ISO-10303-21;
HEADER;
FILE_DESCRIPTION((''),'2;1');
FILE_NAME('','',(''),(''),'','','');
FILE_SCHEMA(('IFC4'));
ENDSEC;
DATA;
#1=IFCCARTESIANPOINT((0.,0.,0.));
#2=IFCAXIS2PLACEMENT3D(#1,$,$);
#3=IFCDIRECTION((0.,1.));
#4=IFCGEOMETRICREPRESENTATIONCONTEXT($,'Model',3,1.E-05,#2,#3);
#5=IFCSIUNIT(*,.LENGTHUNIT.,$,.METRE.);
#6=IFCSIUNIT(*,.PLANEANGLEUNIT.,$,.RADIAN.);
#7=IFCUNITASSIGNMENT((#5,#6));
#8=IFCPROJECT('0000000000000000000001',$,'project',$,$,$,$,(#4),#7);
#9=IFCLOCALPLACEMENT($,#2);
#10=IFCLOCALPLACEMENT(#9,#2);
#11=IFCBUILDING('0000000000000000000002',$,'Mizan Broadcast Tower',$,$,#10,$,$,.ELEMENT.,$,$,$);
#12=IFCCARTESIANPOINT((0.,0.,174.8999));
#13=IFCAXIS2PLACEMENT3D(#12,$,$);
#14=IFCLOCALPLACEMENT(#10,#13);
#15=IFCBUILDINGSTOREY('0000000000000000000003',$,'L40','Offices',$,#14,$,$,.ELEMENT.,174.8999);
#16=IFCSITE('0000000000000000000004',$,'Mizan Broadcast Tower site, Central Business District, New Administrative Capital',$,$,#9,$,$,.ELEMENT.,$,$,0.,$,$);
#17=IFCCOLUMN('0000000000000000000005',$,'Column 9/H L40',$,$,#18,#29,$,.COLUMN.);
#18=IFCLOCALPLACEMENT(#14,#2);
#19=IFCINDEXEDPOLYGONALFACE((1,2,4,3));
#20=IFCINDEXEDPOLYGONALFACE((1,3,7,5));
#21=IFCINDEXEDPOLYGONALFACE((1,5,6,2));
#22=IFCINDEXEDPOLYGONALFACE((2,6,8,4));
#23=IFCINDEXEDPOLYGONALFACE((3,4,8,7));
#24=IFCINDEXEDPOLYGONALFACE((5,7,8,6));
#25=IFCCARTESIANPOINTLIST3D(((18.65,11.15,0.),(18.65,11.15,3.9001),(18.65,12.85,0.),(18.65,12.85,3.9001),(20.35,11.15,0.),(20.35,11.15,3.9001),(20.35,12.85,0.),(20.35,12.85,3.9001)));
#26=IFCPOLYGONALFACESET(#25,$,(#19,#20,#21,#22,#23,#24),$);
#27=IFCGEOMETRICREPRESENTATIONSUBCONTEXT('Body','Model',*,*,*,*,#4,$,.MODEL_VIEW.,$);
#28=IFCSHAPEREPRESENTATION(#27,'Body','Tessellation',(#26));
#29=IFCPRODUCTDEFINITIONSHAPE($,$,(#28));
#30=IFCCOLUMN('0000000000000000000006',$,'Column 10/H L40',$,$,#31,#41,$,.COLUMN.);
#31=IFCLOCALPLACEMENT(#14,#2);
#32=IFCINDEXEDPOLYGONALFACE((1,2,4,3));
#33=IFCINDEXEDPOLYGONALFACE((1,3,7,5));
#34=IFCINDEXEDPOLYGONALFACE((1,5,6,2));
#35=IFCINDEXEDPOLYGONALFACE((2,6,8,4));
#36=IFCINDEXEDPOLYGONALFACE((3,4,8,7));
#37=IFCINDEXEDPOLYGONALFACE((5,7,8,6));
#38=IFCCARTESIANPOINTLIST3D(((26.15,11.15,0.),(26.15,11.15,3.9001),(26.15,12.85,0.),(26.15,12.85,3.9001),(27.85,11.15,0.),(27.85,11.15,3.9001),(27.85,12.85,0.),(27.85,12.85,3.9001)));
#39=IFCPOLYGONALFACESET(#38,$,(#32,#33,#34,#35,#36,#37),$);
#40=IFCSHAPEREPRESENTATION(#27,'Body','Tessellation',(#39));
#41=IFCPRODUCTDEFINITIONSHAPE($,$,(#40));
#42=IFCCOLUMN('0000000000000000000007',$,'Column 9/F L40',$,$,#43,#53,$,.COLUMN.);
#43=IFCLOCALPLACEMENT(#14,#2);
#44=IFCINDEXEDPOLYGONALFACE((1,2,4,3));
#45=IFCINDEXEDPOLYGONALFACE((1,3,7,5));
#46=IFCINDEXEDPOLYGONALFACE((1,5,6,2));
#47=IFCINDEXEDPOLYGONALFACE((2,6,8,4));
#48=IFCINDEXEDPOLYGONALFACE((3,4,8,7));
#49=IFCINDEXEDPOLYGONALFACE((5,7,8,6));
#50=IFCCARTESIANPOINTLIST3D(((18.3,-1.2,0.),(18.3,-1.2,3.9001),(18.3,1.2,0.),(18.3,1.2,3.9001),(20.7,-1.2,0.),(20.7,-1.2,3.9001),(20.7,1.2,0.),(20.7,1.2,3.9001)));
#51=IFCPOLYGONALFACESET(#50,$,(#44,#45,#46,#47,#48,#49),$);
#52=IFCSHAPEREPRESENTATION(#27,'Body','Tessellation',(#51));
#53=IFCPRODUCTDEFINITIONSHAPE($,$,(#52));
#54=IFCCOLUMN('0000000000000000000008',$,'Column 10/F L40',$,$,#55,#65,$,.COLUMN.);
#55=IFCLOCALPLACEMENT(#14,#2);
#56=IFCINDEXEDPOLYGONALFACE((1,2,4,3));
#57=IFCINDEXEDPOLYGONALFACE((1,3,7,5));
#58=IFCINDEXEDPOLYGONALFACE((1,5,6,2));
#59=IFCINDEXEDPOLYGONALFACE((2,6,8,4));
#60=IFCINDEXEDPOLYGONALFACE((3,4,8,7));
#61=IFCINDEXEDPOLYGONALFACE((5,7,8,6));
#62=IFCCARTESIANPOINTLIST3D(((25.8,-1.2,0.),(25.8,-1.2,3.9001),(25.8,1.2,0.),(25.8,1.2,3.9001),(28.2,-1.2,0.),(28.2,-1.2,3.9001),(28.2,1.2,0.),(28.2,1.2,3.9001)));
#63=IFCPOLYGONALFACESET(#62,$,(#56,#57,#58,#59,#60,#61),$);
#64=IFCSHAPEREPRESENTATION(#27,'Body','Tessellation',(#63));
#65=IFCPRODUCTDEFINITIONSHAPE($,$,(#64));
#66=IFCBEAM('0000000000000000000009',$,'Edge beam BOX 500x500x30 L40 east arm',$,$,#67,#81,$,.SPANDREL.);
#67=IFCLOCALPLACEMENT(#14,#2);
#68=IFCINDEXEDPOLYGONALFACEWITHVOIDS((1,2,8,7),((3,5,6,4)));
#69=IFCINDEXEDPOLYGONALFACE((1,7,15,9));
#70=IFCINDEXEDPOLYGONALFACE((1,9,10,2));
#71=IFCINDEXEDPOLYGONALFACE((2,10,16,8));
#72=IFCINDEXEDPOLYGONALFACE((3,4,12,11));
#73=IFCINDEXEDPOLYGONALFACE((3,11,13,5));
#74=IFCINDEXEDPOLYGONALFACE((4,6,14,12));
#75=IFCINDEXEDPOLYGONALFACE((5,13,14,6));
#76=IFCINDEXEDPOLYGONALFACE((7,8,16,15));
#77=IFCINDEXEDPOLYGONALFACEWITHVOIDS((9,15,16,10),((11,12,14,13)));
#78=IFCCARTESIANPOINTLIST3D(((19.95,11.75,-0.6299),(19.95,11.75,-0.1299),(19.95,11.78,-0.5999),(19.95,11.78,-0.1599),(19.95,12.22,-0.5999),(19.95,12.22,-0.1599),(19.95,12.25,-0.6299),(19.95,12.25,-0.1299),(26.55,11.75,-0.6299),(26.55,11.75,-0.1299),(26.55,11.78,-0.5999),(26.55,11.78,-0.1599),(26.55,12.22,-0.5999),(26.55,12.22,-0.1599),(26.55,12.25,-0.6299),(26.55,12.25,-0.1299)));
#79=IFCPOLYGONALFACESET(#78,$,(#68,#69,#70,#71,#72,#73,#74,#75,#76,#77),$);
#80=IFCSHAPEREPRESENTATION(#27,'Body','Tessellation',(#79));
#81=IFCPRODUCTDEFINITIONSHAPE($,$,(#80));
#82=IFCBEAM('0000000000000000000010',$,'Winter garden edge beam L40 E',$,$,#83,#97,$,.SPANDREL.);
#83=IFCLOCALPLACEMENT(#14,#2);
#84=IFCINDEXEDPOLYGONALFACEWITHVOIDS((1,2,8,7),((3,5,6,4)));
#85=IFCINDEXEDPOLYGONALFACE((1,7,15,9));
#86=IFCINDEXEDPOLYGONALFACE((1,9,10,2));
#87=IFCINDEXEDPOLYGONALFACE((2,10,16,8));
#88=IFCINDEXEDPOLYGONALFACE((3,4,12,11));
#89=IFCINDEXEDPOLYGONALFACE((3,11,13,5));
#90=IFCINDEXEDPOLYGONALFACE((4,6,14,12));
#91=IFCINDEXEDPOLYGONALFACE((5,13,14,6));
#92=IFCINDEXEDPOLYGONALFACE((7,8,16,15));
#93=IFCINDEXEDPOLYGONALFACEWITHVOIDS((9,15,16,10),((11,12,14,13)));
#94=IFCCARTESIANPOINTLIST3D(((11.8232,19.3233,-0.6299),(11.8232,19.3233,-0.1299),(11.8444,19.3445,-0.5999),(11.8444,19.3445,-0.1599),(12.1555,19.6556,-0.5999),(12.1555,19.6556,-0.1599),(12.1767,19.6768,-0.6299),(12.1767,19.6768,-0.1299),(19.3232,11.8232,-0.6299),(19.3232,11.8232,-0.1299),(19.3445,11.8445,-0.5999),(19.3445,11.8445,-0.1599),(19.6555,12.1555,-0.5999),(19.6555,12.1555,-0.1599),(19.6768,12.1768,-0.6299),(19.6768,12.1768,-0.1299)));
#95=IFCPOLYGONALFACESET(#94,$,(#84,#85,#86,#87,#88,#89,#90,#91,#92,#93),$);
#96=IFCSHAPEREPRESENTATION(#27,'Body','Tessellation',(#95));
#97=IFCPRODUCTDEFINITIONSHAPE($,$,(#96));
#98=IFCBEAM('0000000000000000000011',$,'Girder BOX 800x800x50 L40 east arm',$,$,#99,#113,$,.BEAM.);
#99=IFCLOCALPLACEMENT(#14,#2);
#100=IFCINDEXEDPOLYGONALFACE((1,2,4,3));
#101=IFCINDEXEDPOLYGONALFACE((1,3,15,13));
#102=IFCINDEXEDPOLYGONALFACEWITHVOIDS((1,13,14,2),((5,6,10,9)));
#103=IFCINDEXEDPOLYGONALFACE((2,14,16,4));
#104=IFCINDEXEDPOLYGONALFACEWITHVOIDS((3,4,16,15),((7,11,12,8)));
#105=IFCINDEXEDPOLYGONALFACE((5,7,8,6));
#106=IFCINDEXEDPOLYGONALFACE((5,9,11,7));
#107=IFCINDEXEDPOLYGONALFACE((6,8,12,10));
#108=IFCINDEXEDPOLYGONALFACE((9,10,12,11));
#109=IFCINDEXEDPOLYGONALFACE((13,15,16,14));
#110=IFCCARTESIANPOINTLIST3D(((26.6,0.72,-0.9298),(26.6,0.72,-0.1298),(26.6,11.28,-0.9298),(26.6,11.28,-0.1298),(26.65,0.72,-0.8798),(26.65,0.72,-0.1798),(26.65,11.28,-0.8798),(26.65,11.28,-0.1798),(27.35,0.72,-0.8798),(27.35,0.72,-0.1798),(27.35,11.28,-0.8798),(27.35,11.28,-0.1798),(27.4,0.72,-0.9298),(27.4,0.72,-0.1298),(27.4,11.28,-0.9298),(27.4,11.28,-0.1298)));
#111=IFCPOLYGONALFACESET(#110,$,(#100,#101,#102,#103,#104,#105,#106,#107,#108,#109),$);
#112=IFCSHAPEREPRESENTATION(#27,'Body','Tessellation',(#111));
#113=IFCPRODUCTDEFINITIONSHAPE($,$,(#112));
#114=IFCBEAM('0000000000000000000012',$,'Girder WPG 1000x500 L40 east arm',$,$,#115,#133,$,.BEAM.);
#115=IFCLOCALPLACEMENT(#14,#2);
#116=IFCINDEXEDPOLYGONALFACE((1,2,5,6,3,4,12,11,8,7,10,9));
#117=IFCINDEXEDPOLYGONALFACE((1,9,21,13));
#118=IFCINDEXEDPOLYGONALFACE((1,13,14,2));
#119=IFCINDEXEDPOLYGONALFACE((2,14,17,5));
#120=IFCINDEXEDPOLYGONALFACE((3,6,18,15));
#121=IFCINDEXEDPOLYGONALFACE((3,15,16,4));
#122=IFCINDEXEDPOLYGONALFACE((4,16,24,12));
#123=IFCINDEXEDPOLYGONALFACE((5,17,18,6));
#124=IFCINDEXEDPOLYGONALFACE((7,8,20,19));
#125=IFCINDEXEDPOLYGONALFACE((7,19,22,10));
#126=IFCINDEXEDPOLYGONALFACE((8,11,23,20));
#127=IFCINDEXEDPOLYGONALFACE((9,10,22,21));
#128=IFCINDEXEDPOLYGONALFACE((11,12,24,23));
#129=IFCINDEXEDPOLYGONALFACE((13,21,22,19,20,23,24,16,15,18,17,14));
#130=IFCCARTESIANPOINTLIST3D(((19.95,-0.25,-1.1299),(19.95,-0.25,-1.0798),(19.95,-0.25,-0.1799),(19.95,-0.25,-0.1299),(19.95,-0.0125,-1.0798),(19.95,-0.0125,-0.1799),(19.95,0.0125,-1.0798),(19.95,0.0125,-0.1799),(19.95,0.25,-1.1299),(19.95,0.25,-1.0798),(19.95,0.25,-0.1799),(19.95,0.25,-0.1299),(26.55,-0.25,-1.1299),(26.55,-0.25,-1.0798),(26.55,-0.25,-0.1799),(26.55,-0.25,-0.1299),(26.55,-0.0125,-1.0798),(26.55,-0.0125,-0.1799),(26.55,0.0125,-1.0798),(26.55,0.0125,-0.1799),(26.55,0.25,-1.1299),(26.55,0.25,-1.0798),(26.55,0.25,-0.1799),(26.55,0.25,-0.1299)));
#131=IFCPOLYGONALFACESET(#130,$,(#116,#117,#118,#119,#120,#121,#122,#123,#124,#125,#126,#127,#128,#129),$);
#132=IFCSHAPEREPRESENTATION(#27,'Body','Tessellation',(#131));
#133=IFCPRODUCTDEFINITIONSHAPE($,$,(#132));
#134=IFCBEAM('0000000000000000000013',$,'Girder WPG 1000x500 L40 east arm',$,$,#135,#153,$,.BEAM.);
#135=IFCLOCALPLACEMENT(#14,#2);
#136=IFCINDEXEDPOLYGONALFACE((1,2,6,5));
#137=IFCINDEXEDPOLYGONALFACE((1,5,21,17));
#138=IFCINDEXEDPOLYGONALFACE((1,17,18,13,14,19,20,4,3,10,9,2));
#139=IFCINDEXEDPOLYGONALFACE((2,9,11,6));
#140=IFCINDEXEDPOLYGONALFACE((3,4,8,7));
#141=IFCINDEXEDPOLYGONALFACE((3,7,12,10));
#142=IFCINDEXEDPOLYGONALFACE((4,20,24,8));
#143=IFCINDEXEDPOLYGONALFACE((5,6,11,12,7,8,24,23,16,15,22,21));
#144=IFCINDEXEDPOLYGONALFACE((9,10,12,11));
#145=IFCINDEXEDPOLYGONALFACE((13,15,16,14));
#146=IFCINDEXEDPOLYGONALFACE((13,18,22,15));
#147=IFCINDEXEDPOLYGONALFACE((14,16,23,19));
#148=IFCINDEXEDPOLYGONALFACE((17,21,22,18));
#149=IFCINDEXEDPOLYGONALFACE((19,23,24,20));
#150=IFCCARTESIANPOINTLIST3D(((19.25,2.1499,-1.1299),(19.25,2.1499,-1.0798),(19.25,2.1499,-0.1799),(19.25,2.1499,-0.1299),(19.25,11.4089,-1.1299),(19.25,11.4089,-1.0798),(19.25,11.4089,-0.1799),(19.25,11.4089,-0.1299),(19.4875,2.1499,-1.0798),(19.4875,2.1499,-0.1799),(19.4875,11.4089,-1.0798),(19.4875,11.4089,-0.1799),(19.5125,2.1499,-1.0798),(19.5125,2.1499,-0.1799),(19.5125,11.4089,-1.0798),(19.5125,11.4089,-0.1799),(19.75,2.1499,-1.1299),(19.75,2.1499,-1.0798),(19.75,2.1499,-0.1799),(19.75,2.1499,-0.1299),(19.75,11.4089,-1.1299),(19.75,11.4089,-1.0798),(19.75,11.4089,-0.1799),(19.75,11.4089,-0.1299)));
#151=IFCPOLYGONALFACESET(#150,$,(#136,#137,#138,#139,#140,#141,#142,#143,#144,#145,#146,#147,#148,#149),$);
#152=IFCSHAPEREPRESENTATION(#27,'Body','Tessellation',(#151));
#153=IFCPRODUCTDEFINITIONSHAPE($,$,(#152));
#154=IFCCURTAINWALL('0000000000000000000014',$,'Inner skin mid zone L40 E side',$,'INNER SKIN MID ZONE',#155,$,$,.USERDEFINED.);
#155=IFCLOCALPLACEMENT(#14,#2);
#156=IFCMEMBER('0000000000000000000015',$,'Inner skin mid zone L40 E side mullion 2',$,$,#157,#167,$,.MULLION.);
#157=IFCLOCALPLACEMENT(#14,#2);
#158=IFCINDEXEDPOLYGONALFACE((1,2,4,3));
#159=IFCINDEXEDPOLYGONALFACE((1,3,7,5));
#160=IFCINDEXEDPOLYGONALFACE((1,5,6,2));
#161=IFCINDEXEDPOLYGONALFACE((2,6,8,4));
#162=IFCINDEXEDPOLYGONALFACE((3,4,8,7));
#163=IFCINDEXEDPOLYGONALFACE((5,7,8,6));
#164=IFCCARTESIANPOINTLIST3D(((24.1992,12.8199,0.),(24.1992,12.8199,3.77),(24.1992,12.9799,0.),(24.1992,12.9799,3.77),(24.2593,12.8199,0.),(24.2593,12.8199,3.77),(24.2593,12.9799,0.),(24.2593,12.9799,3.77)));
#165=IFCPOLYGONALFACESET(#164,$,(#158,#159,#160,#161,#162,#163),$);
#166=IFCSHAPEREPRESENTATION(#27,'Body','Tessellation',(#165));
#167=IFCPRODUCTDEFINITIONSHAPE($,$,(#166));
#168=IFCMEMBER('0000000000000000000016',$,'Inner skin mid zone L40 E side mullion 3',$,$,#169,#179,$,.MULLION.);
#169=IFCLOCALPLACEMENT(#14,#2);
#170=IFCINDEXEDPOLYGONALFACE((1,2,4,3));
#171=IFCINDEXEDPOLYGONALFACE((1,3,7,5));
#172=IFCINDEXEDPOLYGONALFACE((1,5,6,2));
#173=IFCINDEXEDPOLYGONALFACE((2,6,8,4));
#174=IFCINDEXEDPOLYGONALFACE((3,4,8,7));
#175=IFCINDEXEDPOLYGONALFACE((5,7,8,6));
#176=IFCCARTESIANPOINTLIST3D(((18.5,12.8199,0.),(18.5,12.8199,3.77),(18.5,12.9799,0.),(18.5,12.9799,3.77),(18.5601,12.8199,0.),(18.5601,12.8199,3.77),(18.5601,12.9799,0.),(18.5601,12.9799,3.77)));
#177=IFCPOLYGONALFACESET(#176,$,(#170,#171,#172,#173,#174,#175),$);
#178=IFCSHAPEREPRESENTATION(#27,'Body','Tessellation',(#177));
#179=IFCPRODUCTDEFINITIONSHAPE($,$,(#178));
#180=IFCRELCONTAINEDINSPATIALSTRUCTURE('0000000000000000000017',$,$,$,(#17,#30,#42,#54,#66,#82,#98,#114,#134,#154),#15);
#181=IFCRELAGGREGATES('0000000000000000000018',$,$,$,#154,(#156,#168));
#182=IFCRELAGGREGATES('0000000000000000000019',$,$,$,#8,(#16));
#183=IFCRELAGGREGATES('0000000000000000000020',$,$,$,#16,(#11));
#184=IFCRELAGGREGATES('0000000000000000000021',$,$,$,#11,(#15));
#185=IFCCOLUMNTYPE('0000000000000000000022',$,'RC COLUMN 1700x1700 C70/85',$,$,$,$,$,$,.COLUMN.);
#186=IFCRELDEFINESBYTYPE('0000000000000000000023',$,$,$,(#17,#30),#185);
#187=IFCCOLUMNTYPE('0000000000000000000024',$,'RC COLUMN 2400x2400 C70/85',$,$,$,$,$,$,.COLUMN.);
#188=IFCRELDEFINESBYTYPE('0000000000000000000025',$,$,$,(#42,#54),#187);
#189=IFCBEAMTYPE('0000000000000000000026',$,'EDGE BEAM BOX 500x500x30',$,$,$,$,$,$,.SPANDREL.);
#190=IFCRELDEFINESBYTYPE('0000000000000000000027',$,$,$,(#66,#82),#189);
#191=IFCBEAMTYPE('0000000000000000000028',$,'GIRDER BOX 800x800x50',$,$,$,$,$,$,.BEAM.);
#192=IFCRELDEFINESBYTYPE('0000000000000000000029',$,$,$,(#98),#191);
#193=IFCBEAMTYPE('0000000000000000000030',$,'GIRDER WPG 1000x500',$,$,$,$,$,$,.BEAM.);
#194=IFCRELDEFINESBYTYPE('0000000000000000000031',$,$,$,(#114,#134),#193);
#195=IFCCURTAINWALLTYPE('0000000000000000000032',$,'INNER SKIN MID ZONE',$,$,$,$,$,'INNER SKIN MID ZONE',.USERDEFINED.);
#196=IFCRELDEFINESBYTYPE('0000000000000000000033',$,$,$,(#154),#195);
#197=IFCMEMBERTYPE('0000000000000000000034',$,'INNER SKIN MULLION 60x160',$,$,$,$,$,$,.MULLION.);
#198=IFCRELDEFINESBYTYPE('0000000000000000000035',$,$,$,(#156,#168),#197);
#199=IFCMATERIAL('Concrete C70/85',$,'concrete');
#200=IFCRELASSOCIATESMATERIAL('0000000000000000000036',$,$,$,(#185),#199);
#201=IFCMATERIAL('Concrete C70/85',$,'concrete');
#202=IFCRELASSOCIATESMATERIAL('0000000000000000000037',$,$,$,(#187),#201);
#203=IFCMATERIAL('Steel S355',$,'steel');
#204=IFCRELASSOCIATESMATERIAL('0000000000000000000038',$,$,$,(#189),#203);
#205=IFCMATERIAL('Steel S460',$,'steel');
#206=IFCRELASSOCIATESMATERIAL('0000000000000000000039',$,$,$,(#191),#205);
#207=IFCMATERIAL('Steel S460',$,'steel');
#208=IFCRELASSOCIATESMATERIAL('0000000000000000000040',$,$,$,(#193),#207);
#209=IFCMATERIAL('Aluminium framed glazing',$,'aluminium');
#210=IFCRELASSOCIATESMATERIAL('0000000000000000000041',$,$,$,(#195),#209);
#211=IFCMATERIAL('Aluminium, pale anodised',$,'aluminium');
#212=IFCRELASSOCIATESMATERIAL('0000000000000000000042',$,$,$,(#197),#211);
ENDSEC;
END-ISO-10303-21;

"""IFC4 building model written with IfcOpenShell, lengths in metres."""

from ifc_helpers import new_model, si_unit, direction, frame, origin, origin_2d, place, context, subcontext, project, spatial, rectangle, hollow_rectangle, i_section, extrude, material, material_profile, profile_set, type_object, element, aggregate, save


model = new_model("IFC4")

# Units and contexts
model_context = context("Model", 3, precision=1e-05, world=origin(), true_north=direction((0.0, 1.0)))
body_context = subcontext(model_context, "Body", "Model", "MODEL_VIEW")
ifc_project = project(units=[si_unit("LENGTHUNIT", "METRE"), si_unit("PLANEANGLEUNIT", "RADIAN")], contexts=[model_context])

# Site, building, storey
site_placement = place(None, origin())
site = spatial("IfcSite", under=ifc_project, at=site_placement, Name="Mizan Broadcast Tower site, Central Business District, New Administrative Capital", CompositionType="ELEMENT", RefElevation=0.0)
building_placement = place(site_placement, origin())
building = spatial("IfcBuilding", under=site, at=building_placement, Name="Mizan Broadcast Tower", CompositionType="ELEMENT")
storey_placement = place(building_placement, frame((0.0, 0.0, 174.8999)))
storey = spatial("IfcBuildingStorey", under=building, at=storey_placement, Name="L40", Description="Offices", CompositionType="ELEMENT", Elevation=174.8999)

# Columns
ifc_material_1 = material(Name="Concrete C70/85", Category="concrete")
ifc_material_profile_1 = material_profile(ifc_material_1, rectangle(XDim=1.7, YDim=1.7, at=origin_2d()), Name="RC 1700x1700")
ifc_profile_set_1 = profile_set([ifc_material_profile_1], Name="Concrete C70/85")
column_type_1 = type_object("IfcColumnType", Name="RC COLUMN 1700x1700 C70/85", PredefinedType="COLUMN", material=ifc_profile_set_1)
for number, where, z_axis, x_axis, name in (
    (1, (19.5, 12.0, 0.0), (0.0, 0.0, 1.0), (1.0, 0.0, 0.0), "Column 9/H L40"),
    (2, (27.0, 12.0, 0.0), (0.0, 0.0, 1.0), (1.0, 0.0, 0.0), "Column 10/H L40"),
):
    element("IfcColumn", number, at=place(storey_placement, frame(where, z_axis=z_axis, x_axis=x_axis)), inside=storey, type_object=column_type_1, Name=name, PredefinedType="COLUMN", context=body_context, shape_type="SweptSolid", body=[
        extrude(rectangle(XDim=1.7, YDim=1.7, at=origin_2d()), origin(), (0.0, 0.0, 1.0), 3.9001),
    ])
ifc_material_2 = material(Name="Concrete C70/85", Category="concrete")
ifc_material_profile_2 = material_profile(ifc_material_2, rectangle(XDim=2.3999, YDim=2.3999, at=origin_2d()), Name="RC 2400x2400")
ifc_profile_set_2 = profile_set([ifc_material_profile_2], Name="Concrete C70/85")
column_type_2 = type_object("IfcColumnType", Name="RC COLUMN 2400x2400 C70/85", PredefinedType="COLUMN", material=ifc_profile_set_2)
for number, where, z_axis, x_axis, name in (
    (3, (19.5, 0.0, 0.0), (0.0, 0.0, 1.0), (1.0, 0.0, 0.0), "Column 9/F L40"),
    (4, (27.0, 0.0, 0.0), (0.0, 0.0, 1.0), (1.0, 0.0, 0.0), "Column 10/F L40"),
):
    element("IfcColumn", number, at=place(storey_placement, frame(where, z_axis=z_axis, x_axis=x_axis)), inside=storey, type_object=column_type_2, Name=name, PredefinedType="COLUMN", context=body_context, shape_type="SweptSolid", body=[
        extrude(rectangle(XDim=2.3999, YDim=2.3999, at=origin_2d()), origin(), (0.0, 0.0, 1.0), 3.9001),
    ])

# Beams
ifc_material_3 = material(Name="Steel S355", Category="steel")
ifc_material_profile_3 = material_profile(ifc_material_3, hollow_rectangle(XDim=0.5, YDim=0.5, WallThickness=0.03, at=origin_2d()), Name="BOX 500x500x30")
ifc_profile_set_3 = profile_set([ifc_material_profile_3], Name="Steel S355")
beam_type_1 = type_object("IfcBeamType", Name="EDGE BEAM BOX 500x500x30", PredefinedType="SPANDREL", material=ifc_profile_set_3)
beam_1_placement = place(storey_placement, frame((19.95, 12.0, -0.3799), z_axis=(1.0, 0.0, 0.0), x_axis=(0.0, 1.0, 0.0)))
element("IfcBeam", 5, at=beam_1_placement, inside=storey, type_object=beam_type_1, Name="Edge beam BOX 500x500x30 L40 east arm", PredefinedType="SPANDREL", context=body_context, shape_type="SweptSolid", body=[
    extrude(hollow_rectangle(XDim=0.5, YDim=0.5, WallThickness=0.03, at=origin_2d()), origin(), (0.0, 0.0, 1.0), 6.6001),
])
beam_2_placement = place(storey_placement, frame((19.5, 12.0, -0.3799), z_axis=(-0.707107, 0.707107, 0.0), x_axis=(-0.707107, -0.707107, 0.0)))
element("IfcBeam", 6, at=beam_2_placement, inside=storey, type_object=beam_type_1, Name="Winter garden edge beam L40 E", PredefinedType="SPANDREL", context=body_context, shape_type="SweptSolid", body=[
    extrude(hollow_rectangle(XDim=0.5, YDim=0.5, WallThickness=0.03, at=origin_2d()), origin(), (0.0, 0.0, 1.0), 10.6067),
])
ifc_material_4 = material(Name="Steel S460", Category="steel")
ifc_material_profile_4 = material_profile(ifc_material_4, hollow_rectangle(XDim=0.8, YDim=0.8, WallThickness=0.05, at=origin_2d()), Name="BOX 800x800x50")
ifc_profile_set_4 = profile_set([ifc_material_profile_4], Name="Steel S460")
beam_type_2 = type_object("IfcBeamType", Name="GIRDER BOX 800x800x50", PredefinedType="BEAM", material=ifc_profile_set_4)
beam_3_placement = place(storey_placement, frame((27.0, 11.28, -0.5298), z_axis=(0.0, -1.0, 0.0), x_axis=(1.0, 0.0, 0.0)))
element("IfcBeam", 7, at=beam_3_placement, inside=storey, type_object=beam_type_2, Name="Girder BOX 800x800x50 L40 east arm", PredefinedType="BEAM", context=body_context, shape_type="SweptSolid", body=[
    extrude(hollow_rectangle(XDim=0.8, YDim=0.8, WallThickness=0.05, at=origin_2d()), origin(), (0.0, 0.0, 1.0), 10.5601),
])
ifc_material_5 = material(Name="Steel S460", Category="steel")
ifc_material_profile_5 = material_profile(ifc_material_5, i_section(OverallWidth=0.5, OverallDepth=1.0, WebThickness=0.0249, FlangeThickness=0.05, at=origin_2d()), Name="WPG 1000x500")
ifc_profile_set_5 = profile_set([ifc_material_profile_5], Name="Steel S460")
beam_type_3 = type_object("IfcBeamType", Name="GIRDER WPG 1000x500", PredefinedType="BEAM", material=ifc_profile_set_5)
beam_4_placement = place(storey_placement, frame((19.95, 0.0, -0.6299), z_axis=(1.0, 0.0, 0.0), x_axis=(0.0, 1.0, 0.0)))
element("IfcBeam", 8, at=beam_4_placement, inside=storey, type_object=beam_type_3, Name="Girder WPG 1000x500 L40 east arm", PredefinedType="BEAM", context=body_context, shape_type="SweptSolid", body=[
    extrude(i_section(OverallWidth=0.5, OverallDepth=1.0, WebThickness=0.0249, FlangeThickness=0.05, at=origin_2d()), origin(), (0.0, 0.0, 1.0), 6.6001),
])
beam_5_placement = place(storey_placement, frame((19.5, 11.4089, -0.6299), z_axis=(0.0, -1.0, 0.0), x_axis=(1.0, 0.0, 0.0)))
element("IfcBeam", 9, at=beam_5_placement, inside=storey, type_object=beam_type_3, Name="Girder WPG 1000x500 L40 east arm", PredefinedType="BEAM", context=body_context, shape_type="SweptSolid", body=[
    extrude(i_section(OverallWidth=0.5, OverallDepth=1.0, WebThickness=0.0249, FlangeThickness=0.05, at=origin_2d()), origin(), (0.0, 0.0, 1.0), 9.259),
])

# Curtain wall, members
ifc_material_6 = material(Name="Aluminium framed glazing", Category="aluminium")
curtain_wall_type_1 = type_object("IfcCurtainWallType", Name="INNER SKIN MID ZONE", ElementType="INNER SKIN MID ZONE", PredefinedType="USERDEFINED", material=ifc_material_6)
curtain_wall_1_placement = place(storey_placement, origin())
curtain_wall_1 = element("IfcCurtainWall", 10, at=curtain_wall_1_placement, inside=storey, type_object=curtain_wall_type_1, Name="Inner skin mid zone L40 E side", ObjectType="INNER SKIN MID ZONE", PredefinedType="USERDEFINED")
ifc_material_7 = material(Name="Aluminium, pale anodised", Category="aluminium")
ifc_material_profile_6 = material_profile(ifc_material_7, rectangle(XDim=0.1599, YDim=0.0601, at=origin_2d()), Name="MULLION 160x60")
ifc_profile_set_6 = profile_set([ifc_material_profile_6], Name="Aluminium, pale anodised")
member_type_1 = type_object("IfcMemberType", Name="INNER SKIN MULLION 60x160", PredefinedType="MULLION", material=ifc_profile_set_6)
member_1_placement = place(storey_placement, frame((24.2292, 12.8999, 0.0), z_axis=(0.0, 0.0, 1.0), x_axis=(0.0, -1.0, 0.0)))
member_1 = element("IfcMember", 11, at=member_1_placement, type_object=member_type_1, Name="Inner skin mid zone L40 E side mullion 2", PredefinedType="MULLION", context=body_context, shape_type="SweptSolid", body=[
    extrude(rectangle(XDim=0.1599, YDim=0.0601, at=origin_2d()), origin(), (0.0, 0.0, 1.0), 3.77),
])
member_2_placement = place(storey_placement, frame((18.53, 12.8999, 0.0), z_axis=(0.0, 0.0, 1.0), x_axis=(0.0, -1.0, 0.0)))
member_2 = element("IfcMember", 12, at=member_2_placement, type_object=member_type_1, Name="Inner skin mid zone L40 E side mullion 3", PredefinedType="MULLION", context=body_context, shape_type="SweptSolid", body=[
    extrude(rectangle(XDim=0.1599, YDim=0.0601, at=origin_2d()), origin(), (0.0, 0.0, 1.0), 3.77),
])

aggregate(curtain_wall_1, [member_1, member_2])

save(model, "model.ifc")
